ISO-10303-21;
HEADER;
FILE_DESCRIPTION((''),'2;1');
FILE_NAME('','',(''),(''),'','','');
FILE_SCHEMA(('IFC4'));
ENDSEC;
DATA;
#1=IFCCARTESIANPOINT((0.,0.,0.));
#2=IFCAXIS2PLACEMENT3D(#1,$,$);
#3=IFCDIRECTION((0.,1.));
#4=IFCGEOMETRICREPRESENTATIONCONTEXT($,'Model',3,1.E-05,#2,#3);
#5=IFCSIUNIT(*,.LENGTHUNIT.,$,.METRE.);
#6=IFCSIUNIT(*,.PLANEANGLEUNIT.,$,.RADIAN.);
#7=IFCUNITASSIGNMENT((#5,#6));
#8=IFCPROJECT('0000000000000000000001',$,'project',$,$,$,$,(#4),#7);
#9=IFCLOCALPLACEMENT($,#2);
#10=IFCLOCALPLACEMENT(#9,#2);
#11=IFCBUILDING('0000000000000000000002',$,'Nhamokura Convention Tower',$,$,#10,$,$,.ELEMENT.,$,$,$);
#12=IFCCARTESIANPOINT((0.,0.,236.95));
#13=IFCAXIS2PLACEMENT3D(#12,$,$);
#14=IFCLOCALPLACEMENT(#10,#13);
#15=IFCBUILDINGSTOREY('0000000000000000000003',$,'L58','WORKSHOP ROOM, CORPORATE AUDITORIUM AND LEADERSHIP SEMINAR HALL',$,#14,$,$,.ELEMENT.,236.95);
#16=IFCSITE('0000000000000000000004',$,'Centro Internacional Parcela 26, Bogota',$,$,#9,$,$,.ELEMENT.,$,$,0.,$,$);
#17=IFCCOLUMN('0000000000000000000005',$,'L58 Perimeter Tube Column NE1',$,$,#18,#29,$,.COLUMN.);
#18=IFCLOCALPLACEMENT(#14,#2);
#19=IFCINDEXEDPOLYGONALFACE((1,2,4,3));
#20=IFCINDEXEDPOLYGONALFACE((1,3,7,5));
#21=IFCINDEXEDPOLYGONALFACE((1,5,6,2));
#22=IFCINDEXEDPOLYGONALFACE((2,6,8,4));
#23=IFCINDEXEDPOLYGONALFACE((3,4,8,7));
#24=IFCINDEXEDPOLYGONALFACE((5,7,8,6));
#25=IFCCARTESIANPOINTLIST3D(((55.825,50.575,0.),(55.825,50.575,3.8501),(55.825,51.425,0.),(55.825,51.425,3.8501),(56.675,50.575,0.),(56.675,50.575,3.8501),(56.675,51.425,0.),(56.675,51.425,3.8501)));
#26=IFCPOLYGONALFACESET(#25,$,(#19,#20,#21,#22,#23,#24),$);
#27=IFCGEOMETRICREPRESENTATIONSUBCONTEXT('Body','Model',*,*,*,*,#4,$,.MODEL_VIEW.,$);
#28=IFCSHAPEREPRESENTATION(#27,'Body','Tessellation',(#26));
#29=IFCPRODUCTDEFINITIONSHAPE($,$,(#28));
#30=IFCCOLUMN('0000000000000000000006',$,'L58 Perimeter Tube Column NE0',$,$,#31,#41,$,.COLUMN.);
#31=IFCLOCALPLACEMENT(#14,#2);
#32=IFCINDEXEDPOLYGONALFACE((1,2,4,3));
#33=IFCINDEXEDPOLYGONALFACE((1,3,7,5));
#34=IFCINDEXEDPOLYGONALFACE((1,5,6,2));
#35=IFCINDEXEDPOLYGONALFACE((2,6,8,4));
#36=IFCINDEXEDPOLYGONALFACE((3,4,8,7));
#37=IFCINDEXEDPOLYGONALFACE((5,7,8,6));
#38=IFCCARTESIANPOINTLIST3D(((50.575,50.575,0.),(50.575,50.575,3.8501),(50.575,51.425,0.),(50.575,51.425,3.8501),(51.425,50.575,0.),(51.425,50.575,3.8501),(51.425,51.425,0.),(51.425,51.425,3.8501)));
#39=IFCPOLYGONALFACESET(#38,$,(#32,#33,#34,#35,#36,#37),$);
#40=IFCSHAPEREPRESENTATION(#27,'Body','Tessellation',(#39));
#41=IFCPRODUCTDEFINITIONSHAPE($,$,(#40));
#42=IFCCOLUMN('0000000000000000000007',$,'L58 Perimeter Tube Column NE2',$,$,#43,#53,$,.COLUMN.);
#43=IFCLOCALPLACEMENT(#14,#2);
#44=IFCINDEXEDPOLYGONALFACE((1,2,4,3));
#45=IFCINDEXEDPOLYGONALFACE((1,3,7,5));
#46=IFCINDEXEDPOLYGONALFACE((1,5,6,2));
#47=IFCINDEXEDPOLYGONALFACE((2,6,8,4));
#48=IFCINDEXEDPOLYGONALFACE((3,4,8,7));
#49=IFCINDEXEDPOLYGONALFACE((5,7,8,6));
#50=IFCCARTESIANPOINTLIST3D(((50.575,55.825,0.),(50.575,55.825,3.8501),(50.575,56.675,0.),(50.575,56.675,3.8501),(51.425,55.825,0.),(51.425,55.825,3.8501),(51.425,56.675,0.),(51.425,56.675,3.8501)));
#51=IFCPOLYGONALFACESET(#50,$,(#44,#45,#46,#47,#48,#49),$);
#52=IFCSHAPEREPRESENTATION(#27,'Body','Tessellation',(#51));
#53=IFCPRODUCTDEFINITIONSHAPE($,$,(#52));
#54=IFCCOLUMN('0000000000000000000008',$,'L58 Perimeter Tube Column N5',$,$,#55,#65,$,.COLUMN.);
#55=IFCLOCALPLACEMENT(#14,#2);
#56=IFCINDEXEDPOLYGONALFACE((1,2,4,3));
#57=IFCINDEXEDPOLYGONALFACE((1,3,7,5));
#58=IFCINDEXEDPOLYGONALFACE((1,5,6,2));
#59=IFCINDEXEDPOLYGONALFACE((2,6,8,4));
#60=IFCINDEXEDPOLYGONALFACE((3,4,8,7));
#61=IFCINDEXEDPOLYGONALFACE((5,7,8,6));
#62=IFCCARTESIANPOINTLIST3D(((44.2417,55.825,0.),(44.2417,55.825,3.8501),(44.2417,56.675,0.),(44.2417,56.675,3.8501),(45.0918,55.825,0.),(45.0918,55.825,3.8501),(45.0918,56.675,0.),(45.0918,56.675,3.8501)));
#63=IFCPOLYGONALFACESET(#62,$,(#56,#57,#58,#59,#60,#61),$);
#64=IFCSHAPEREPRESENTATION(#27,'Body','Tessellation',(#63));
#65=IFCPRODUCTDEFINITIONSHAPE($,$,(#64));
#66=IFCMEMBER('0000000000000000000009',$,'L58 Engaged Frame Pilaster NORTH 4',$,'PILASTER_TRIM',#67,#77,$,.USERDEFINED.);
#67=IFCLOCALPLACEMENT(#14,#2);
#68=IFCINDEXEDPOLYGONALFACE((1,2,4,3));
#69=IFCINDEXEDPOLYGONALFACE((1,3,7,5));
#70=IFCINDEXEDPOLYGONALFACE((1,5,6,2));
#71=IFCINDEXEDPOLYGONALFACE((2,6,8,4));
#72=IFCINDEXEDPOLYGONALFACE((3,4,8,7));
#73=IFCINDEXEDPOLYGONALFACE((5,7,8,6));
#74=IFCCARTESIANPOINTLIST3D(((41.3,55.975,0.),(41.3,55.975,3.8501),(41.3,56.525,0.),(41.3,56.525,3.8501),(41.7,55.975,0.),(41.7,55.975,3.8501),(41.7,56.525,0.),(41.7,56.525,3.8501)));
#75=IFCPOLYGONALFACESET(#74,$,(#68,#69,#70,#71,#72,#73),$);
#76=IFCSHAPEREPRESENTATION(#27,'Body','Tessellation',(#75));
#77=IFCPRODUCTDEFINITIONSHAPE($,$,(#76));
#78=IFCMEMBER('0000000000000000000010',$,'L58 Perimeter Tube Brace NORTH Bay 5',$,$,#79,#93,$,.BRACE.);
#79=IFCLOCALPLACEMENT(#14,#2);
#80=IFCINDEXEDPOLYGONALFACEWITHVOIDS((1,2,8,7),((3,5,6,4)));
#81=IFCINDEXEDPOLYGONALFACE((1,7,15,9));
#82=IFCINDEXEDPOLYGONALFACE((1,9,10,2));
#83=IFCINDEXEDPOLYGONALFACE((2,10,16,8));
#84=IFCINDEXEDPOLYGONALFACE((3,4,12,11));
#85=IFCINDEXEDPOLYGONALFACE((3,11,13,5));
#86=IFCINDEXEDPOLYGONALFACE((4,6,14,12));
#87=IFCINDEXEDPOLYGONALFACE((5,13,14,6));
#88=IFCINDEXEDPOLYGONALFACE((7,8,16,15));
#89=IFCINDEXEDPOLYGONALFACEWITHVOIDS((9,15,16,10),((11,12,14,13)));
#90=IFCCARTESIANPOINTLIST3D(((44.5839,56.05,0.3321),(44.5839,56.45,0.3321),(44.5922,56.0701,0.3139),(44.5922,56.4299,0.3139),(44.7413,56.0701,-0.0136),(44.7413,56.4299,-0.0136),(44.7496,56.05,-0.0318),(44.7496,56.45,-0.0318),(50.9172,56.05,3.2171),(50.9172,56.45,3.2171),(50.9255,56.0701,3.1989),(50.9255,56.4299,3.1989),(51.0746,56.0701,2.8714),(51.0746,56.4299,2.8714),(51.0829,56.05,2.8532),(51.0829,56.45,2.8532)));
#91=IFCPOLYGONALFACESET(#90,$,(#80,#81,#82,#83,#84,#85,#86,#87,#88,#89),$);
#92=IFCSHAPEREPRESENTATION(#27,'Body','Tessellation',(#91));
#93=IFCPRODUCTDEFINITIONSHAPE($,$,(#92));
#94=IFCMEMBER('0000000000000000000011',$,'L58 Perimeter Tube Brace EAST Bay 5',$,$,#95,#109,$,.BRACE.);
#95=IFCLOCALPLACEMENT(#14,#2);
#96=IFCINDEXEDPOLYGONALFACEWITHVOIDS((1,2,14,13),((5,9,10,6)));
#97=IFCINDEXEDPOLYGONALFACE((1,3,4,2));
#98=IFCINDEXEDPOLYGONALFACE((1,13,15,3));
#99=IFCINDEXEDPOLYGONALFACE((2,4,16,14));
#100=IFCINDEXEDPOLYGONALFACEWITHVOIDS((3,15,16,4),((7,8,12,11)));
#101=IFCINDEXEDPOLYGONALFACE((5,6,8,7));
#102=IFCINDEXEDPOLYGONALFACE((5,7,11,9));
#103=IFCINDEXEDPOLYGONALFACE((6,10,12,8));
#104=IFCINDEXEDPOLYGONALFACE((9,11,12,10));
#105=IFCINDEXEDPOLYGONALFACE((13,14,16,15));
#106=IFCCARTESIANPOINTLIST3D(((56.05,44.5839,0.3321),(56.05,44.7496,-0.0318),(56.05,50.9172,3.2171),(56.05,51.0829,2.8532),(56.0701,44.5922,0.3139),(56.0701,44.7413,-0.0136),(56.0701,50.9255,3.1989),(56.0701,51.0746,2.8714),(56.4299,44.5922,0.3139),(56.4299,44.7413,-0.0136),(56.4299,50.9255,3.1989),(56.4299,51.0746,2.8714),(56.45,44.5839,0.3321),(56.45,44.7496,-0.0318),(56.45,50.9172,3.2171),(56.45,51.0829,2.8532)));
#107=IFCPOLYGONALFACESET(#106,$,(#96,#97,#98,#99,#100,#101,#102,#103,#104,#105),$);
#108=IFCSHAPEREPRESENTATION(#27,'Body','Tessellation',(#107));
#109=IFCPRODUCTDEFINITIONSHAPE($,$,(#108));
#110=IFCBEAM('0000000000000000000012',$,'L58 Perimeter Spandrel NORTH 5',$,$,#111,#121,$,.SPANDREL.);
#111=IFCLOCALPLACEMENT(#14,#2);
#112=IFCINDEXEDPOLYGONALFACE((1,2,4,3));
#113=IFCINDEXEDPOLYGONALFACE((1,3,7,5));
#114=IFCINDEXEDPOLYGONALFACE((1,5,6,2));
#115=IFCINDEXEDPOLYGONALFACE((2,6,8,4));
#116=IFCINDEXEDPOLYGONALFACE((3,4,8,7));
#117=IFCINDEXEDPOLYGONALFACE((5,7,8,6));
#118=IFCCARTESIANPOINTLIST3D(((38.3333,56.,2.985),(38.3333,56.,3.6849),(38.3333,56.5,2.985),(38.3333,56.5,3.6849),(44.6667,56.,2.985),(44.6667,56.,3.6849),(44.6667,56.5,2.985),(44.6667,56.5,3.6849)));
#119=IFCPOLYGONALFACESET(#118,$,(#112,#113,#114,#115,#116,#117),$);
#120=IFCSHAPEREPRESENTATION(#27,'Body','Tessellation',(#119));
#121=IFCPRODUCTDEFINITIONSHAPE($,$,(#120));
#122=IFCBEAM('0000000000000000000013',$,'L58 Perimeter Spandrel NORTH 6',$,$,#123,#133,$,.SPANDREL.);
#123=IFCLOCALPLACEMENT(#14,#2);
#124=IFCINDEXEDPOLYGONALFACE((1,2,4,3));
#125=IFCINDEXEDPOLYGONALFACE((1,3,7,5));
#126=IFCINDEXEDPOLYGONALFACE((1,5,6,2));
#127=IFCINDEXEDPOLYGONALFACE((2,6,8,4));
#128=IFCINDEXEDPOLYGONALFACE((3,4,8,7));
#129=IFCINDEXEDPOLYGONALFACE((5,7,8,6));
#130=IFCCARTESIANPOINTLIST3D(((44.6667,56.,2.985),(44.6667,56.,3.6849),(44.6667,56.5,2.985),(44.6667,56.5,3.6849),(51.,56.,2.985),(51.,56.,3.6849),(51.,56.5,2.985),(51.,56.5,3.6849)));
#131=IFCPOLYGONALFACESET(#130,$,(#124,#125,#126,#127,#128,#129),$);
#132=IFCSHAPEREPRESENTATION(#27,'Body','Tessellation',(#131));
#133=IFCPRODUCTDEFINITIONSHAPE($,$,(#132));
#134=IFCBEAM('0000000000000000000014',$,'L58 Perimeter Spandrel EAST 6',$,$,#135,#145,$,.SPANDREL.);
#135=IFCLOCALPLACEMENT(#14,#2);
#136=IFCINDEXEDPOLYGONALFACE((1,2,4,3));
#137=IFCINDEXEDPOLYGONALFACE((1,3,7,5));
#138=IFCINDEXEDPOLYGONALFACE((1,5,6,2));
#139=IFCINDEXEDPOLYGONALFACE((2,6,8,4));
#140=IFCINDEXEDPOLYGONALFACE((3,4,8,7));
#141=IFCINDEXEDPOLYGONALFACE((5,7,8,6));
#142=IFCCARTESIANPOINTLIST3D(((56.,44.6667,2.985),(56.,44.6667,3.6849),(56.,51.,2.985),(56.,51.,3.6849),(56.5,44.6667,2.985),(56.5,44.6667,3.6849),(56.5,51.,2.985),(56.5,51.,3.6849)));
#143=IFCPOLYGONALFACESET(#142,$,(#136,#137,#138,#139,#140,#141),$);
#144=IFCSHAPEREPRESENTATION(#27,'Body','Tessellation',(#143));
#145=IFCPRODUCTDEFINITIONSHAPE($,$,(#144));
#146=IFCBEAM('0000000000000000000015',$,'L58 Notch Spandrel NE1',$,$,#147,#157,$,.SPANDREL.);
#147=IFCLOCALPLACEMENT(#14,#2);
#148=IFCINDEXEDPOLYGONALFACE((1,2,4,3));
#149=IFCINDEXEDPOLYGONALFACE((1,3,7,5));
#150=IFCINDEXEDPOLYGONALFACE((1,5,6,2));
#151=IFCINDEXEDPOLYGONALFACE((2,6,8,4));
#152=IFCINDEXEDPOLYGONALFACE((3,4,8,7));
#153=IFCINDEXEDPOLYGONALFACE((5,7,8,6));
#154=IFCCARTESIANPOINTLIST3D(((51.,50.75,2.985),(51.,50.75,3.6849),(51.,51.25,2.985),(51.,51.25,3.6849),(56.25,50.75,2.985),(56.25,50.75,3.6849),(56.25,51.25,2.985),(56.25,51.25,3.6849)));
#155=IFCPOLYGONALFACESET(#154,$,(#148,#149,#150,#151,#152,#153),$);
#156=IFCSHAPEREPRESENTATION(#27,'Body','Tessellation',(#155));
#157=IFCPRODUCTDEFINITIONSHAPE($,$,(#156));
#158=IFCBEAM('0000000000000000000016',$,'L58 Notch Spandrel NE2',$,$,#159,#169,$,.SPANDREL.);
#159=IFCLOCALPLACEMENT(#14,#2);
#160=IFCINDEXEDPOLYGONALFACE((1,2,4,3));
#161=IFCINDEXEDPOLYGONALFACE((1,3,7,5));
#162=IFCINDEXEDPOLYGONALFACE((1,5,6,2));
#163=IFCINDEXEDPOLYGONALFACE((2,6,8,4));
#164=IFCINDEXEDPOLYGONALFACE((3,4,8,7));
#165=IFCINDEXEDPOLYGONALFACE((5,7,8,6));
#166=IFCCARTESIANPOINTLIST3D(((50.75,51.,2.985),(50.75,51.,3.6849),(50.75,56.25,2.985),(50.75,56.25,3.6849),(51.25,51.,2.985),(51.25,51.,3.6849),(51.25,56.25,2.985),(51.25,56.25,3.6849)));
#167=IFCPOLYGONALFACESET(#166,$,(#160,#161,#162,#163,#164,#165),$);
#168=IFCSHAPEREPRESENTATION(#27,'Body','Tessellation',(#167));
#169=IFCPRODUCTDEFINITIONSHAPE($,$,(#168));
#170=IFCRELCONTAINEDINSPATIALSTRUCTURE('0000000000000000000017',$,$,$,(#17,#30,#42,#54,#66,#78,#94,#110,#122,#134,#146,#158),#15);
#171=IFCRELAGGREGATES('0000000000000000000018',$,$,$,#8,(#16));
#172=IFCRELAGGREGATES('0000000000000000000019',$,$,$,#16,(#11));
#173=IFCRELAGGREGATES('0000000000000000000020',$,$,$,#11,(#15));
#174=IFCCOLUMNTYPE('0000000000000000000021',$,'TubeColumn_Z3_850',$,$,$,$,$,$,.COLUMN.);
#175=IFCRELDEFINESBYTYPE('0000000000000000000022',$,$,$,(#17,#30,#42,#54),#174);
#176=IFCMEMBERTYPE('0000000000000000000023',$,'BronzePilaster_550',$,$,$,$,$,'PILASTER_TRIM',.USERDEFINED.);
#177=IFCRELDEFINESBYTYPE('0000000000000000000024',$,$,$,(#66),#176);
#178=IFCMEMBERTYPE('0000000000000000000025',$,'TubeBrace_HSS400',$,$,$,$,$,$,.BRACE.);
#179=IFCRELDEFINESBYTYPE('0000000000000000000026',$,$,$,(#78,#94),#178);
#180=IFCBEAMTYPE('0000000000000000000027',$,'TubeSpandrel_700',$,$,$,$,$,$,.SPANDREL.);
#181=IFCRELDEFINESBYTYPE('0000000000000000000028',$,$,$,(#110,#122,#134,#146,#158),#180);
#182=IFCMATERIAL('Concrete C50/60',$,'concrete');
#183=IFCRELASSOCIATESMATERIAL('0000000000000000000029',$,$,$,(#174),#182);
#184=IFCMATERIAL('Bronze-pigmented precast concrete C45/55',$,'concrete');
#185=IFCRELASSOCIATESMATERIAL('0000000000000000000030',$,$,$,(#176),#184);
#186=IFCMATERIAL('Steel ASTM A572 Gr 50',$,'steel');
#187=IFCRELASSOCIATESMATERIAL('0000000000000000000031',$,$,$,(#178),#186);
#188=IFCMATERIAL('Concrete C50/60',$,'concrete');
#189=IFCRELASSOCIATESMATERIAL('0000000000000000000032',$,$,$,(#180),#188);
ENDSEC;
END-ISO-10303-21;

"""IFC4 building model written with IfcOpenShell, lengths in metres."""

from ifc_helpers import new_model, si_unit, direction, frame, origin, origin_2d, place, context, subcontext, project, spatial, rectangle, hollow_rectangle, extrude, material, material_profile, profile_set, type_object, element, save


model = new_model("IFC4")

# Units and contexts
model_context = context("Model", 3, precision=1e-05, world=origin(), true_north=direction((0.0, 1.0)))
body_context = subcontext(model_context, "Body", "Model", "MODEL_VIEW")
ifc_project = project(units=[si_unit("LENGTHUNIT", "METRE"), si_unit("PLANEANGLEUNIT", "RADIAN")], contexts=[model_context])

# Site, building, storey
site_placement = place(None, origin())
site = spatial("IfcSite", under=ifc_project, at=site_placement, Name="Centro Internacional Parcela 26, Bogota", CompositionType="ELEMENT", RefElevation=0.0)
building_placement = place(site_placement, origin())
building = spatial("IfcBuilding", under=site, at=building_placement, Name="Nhamokura Convention Tower", CompositionType="ELEMENT")
storey_placement = place(building_placement, frame((0.0, 0.0, 236.95)))
storey = spatial("IfcBuildingStorey", under=building, at=storey_placement, Name="L58", Description="WORKSHOP ROOM, CORPORATE AUDITORIUM AND LEADERSHIP SEMINAR HALL", CompositionType="ELEMENT", Elevation=236.95)

# Columns
ifc_material_1 = material(Name="Concrete C50/60", Category="concrete")
ifc_material_profile_1 = material_profile(ifc_material_1, rectangle(XDim=0.8501, YDim=0.8501, at=origin_2d()))
ifc_profile_set_1 = profile_set([ifc_material_profile_1], Name="Concrete C50/60")
column_type = type_object("IfcColumnType", Name="TubeColumn_Z3_850", PredefinedType="COLUMN", material=ifc_profile_set_1)
for number, where, z_axis, x_axis, name in (
    (1, (56.25, 51.0, 0.0), (0.0, 0.0, 1.0), (1.0, 0.0, 0.0), "L58 Perimeter Tube Column NE1"),
    (2, (51.0, 51.0, 0.0), (0.0, 0.0, 1.0), (1.0, 0.0, 0.0), "L58 Perimeter Tube Column NE0"),
    (3, (51.0, 56.25, 0.0), (0.0, 0.0, 1.0), (1.0, 0.0, 0.0), "L58 Perimeter Tube Column NE2"),
    (4, (44.6667, 56.25, 0.0), (0.0, 0.0, 1.0), (1.0, 0.0, 0.0), "L58 Perimeter Tube Column N5"),
):
    element("IfcColumn", number, at=place(storey_placement, frame(where, z_axis=z_axis, x_axis=x_axis)), inside=storey, type_object=column_type, Name=name, PredefinedType="COLUMN", context=body_context, shape_type="SweptSolid", body=[
        extrude(rectangle(XDim=0.8501, YDim=0.8501, at=origin_2d()), origin(), (0.0, 0.0, 1.0), 3.8501),
    ])

# Members
ifc_material_2 = material(Name="Bronze-pigmented precast concrete C45/55", Category="concrete")
ifc_material_profile_2 = material_profile(ifc_material_2, rectangle(XDim=0.3999, YDim=0.55, at=origin_2d()))
ifc_profile_set_2 = profile_set([ifc_material_profile_2], Name="Bronze-pigmented precast concrete C45/55")
member_type_1 = type_object("IfcMemberType", Name="BronzePilaster_550", ElementType="PILASTER_TRIM", PredefinedType="USERDEFINED", material=ifc_profile_set_2)
member_placement = place(storey_placement, frame((41.5, 56.25, 0.0), z_axis=(0.0, 0.0, 1.0), x_axis=(1.0, 0.0, 0.0)))
element("IfcMember", 5, at=member_placement, inside=storey, type_object=member_type_1, Name="L58 Engaged Frame Pilaster NORTH 4", ObjectType="PILASTER_TRIM", PredefinedType="USERDEFINED", context=body_context, shape_type="SweptSolid", body=[
    extrude(rectangle(XDim=0.3999, YDim=0.55, at=origin_2d()), origin(), (0.0, 0.0, 1.0), 3.8501),
])
ifc_material_3 = material(Name="Steel ASTM A572 Gr 50", Category="steel")
ifc_material_profile_3 = material_profile(ifc_material_3, hollow_rectangle(XDim=0.3999, YDim=0.3999, WallThickness=0.02, at=origin_2d()))
ifc_profile_set_3 = profile_set([ifc_material_profile_3], Name="Steel ASTM A572 Gr 50")
member_type_2 = type_object("IfcMemberType", Name="TubeBrace_HSS400", PredefinedType="BRACE", material=ifc_profile_set_3)
for number, where, z_axis, x_axis, name in (
    (6, (44.6667, 56.25, 0.1501), (0.910027, 0.0, 0.414548), (0.0, 1.0, 0.0), "L58 Perimeter Tube Brace NORTH Bay 5"),
    (7, (56.25, 44.6667, 0.1501), (0.0, 0.910027, 0.414548), (-1.0, 0.0, 0.0), "L58 Perimeter Tube Brace EAST Bay 5"),
):
    element("IfcMember", number, at=place(storey_placement, frame(where, z_axis=z_axis, x_axis=x_axis)), inside=storey, type_object=member_type_2, Name=name, PredefinedType="BRACE", context=body_context, shape_type="SweptSolid", body=[
        extrude(hollow_rectangle(XDim=0.3999, YDim=0.3999, WallThickness=0.02, at=origin_2d()), origin(), (0.0, 0.0, 1.0), 6.9595),
    ])

# Beams
ifc_material_4 = material(Name="Concrete C50/60", Category="concrete")
ifc_material_profile_4 = material_profile(ifc_material_4, rectangle(XDim=0.5, YDim=0.7, at=origin_2d()))
ifc_profile_set_4 = profile_set([ifc_material_profile_4], Name="Concrete C50/60")
beam_type = type_object("IfcBeamType", Name="TubeSpandrel_700", PredefinedType="SPANDREL", material=ifc_profile_set_4)
beam_placement = place(storey_placement, frame((38.3333, 56.25, 3.335), z_axis=(1.0, 0.0, 0.0), x_axis=(0.0, 1.0, 0.0)))
element("IfcBeam", 8, at=beam_placement, inside=storey, type_object=beam_type, Name="L58 Perimeter Spandrel NORTH 5", PredefinedType="SPANDREL", context=body_context, shape_type="SweptSolid", body=[
    extrude(rectangle(XDim=0.5, YDim=0.7, at=origin_2d()), origin(), (0.0, 0.0, 1.0), 6.3335),
])
for number, where, z_axis, x_axis, name in (
    (9, (44.6667, 56.25, 3.335), (1.0, 0.0, 0.0), (0.0, 1.0, 0.0), "L58 Perimeter Spandrel NORTH 6"),
    (10, (56.25, 44.6667, 3.335), (0.0, 1.0, 0.0), (-1.0, 0.0, 0.0), "L58 Perimeter Spandrel EAST 6"),
):
    element("IfcBeam", number, at=place(storey_placement, frame(where, z_axis=z_axis, x_axis=x_axis)), inside=storey, type_object=beam_type, Name=name, PredefinedType="SPANDREL", context=body_context, shape_type="SweptSolid", body=[
        extrude(rectangle(XDim=0.5, YDim=0.7, at=origin_2d()), origin(), (0.0, 0.0, 1.0), 6.3333),
    ])
for number, where, z_axis, x_axis, name in (
    (11, (56.25, 51.0, 3.335), (-1.0, 0.0, 0.0), (0.0, -1.0, 0.0), "L58 Notch Spandrel NE1"),
    (12, (51.0, 51.0, 3.335), (0.0, 1.0, 0.0), (-1.0, 0.0, 0.0), "L58 Notch Spandrel NE2"),
):
    element("IfcBeam", number, at=place(storey_placement, frame(where, z_axis=z_axis, x_axis=x_axis)), inside=storey, type_object=beam_type, Name=name, PredefinedType="SPANDREL", context=body_context, shape_type="SweptSolid", body=[
        extrude(rectangle(XDim=0.5, YDim=0.7, at=origin_2d()), origin(), (0.0, 0.0, 1.0), 5.25),
    ])

save(model, "model.ifc")
